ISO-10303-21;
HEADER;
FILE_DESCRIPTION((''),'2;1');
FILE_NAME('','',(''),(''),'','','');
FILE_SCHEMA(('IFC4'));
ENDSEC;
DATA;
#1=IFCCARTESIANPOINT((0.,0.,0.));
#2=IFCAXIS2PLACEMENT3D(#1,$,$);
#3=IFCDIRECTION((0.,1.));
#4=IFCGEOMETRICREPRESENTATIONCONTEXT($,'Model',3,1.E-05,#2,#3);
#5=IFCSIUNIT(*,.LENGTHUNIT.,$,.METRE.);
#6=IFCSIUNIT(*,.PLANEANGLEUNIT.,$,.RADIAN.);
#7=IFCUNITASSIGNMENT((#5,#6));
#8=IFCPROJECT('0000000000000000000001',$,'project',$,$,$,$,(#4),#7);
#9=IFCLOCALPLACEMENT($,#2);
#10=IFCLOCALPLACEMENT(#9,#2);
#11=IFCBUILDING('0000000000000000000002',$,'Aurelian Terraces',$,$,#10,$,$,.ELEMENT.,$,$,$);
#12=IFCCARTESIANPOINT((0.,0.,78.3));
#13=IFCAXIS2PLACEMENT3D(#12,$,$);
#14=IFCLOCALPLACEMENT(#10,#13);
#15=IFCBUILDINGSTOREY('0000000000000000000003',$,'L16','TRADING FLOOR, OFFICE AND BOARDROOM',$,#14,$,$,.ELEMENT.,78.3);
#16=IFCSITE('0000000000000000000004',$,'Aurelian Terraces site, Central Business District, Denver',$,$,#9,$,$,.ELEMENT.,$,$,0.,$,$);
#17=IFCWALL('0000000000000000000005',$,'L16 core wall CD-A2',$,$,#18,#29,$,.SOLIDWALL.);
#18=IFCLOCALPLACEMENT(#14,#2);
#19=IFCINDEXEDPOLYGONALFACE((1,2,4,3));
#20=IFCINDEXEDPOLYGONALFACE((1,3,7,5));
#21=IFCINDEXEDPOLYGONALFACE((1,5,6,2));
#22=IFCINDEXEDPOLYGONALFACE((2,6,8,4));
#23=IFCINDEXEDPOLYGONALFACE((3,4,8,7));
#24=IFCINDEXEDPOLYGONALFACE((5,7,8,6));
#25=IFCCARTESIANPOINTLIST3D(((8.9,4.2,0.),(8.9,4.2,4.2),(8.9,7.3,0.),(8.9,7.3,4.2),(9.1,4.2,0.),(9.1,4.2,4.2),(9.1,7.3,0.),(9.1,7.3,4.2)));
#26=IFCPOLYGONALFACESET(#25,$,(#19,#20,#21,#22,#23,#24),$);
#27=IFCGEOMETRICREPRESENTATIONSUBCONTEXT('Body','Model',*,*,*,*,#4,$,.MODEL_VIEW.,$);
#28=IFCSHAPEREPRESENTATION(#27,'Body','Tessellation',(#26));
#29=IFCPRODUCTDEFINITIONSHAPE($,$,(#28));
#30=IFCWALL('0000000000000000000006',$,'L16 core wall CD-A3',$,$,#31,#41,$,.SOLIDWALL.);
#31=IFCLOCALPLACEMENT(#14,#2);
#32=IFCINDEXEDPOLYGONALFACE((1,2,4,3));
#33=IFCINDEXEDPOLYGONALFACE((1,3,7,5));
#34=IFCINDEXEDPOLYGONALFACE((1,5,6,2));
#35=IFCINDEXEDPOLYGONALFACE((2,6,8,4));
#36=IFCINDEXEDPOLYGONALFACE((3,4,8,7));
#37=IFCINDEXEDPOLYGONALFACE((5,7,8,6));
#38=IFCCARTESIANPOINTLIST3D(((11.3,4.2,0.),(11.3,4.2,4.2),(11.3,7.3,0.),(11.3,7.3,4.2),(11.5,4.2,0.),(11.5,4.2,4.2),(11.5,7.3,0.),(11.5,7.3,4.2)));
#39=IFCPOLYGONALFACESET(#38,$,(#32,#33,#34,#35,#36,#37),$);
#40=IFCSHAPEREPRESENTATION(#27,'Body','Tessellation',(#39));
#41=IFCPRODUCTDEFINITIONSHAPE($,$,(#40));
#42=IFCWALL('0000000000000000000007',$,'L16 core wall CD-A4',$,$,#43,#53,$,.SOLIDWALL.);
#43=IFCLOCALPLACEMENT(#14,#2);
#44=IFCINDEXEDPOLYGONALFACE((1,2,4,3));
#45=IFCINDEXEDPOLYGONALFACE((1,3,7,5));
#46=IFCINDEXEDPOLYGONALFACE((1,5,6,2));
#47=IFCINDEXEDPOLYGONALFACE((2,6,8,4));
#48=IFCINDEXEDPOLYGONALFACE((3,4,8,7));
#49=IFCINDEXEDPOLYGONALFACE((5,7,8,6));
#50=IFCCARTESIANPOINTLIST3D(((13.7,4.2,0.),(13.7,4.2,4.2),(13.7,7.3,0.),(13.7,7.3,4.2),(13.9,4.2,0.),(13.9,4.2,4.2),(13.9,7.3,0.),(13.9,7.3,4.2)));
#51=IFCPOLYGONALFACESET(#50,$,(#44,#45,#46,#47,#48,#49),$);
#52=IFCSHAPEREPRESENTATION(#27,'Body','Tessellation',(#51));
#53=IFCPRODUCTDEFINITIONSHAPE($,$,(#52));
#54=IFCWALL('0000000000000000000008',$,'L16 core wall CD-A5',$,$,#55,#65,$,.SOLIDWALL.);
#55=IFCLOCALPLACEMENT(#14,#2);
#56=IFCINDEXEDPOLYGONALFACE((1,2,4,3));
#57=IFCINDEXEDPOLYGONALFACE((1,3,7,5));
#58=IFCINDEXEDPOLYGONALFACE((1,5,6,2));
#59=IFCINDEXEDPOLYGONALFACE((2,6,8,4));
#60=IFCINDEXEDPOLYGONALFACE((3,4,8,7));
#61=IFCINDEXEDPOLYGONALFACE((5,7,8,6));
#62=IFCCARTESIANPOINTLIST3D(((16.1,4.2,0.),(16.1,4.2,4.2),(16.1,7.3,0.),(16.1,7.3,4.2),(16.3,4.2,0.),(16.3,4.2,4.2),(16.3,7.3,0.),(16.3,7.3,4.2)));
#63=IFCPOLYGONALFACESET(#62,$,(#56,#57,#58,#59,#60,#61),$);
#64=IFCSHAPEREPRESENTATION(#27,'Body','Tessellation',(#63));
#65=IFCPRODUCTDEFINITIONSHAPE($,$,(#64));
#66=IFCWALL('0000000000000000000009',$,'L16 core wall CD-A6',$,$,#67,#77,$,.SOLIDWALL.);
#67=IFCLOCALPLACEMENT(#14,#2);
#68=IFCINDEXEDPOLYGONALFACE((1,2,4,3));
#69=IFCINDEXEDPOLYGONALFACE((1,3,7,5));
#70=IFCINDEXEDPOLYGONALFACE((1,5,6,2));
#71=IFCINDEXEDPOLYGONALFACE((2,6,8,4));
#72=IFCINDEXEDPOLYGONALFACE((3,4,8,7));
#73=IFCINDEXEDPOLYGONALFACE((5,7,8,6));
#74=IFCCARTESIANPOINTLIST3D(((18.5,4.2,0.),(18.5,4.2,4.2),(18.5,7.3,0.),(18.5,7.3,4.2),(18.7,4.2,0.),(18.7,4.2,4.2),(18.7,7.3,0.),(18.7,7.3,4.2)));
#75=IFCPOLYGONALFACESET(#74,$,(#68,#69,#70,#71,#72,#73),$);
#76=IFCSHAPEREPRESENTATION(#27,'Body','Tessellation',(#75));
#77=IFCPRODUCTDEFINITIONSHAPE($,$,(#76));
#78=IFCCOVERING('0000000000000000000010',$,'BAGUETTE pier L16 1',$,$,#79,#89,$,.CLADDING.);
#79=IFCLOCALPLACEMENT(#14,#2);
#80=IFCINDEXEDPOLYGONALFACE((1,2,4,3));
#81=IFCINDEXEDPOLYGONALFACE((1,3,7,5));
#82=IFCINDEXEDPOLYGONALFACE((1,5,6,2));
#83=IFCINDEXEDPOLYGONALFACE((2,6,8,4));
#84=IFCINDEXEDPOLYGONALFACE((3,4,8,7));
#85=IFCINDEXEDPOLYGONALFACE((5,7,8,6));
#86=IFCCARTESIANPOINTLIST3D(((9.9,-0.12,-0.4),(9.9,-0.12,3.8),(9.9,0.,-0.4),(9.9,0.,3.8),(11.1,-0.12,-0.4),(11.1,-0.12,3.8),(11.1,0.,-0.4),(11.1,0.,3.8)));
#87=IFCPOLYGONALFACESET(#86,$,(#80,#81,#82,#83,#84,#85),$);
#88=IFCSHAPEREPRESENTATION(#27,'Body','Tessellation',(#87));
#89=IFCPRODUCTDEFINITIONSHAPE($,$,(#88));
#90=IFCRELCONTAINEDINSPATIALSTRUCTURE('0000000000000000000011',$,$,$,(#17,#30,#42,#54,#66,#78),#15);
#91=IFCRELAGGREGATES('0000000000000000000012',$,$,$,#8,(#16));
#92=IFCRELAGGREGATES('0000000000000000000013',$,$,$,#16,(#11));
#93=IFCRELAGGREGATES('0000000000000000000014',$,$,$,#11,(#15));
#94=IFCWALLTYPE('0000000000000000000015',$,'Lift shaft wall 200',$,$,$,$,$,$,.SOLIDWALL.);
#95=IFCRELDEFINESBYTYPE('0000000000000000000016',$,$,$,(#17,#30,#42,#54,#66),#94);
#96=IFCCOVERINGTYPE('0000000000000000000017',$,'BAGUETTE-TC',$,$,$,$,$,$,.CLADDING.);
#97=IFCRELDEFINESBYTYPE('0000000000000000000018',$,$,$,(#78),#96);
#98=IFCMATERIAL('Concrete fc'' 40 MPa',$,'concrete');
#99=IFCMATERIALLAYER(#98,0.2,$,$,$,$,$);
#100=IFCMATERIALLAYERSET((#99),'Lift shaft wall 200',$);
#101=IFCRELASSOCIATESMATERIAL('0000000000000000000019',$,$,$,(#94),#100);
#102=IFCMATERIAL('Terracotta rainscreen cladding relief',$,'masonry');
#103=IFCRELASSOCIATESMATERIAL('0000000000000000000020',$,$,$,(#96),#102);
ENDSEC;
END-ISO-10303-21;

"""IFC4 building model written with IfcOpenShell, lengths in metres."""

from ifc_helpers import new_model, si_unit, direction, frame, frame_2d, origin, origin_2d, place, context, subcontext, project, spatial, rectangle, extrude, source, transform, mapped, material, layer, layer_set, type_object, element, save


model = new_model("IFC4")

# Units and contexts
model_context = context("Model", 3, precision=1e-05, world=origin(), true_north=direction((0.0, 1.0)))
body_context = subcontext(model_context, "Body", "Model", "MODEL_VIEW")
ifc_project = project(units=[si_unit("LENGTHUNIT", "METRE"), si_unit("PLANEANGLEUNIT", "RADIAN")], contexts=[model_context])

# Site, building, storey
site_placement = place(None, origin())
site = spatial("IfcSite", under=ifc_project, at=site_placement, Name="Aurelian Terraces site, Central Business District, Denver", CompositionType="ELEMENT", RefElevation=0.0)
building_placement = place(site_placement, origin())
building = spatial("IfcBuilding", under=site, at=building_placement, Name="Aurelian Terraces", CompositionType="ELEMENT")
storey_placement = place(building_placement, frame((0.0, 0.0, 78.3)))
storey = spatial("IfcBuildingStorey", under=building, at=storey_placement, Name="L16", Description="TRADING FLOOR, OFFICE AND BOARDROOM", CompositionType="ELEMENT", Elevation=78.3)

# Shared definitions
ifc_material_1 = material(Name="Concrete fc' 40 MPa", Category="concrete")

# Walls
ifc_layer_1 = layer(ifc_material_1, 0.2)
ifc_layer_set_1 = layer_set([ifc_layer_1], Name="Lift shaft wall 200")
wall_type_1 = type_object("IfcWallType", Name="Lift shaft wall 200", PredefinedType="SOLIDWALL", material=ifc_layer_set_1)
shared_shape_1 = source(origin(), body_context, "Body", "SweptSolid", [
    extrude(rectangle(XDim=3.1, YDim=0.2, at=frame_2d((1.55, 0.0))), origin(), (0.0, 0.0, 1.0), 4.2),
])
for number, where, z_axis, x_axis, name in (
    (1, (9.0, 4.2, 0.0), (0.0, 0.0, 1.0), (0.0, 1.0, 0.0), "L16 core wall CD-A2"),
    (2, (11.4, 4.2, 0.0), (0.0, 0.0, 1.0), (0.0, 1.0, 0.0), "L16 core wall CD-A3"),
    (3, (13.8, 4.2, 0.0), (0.0, 0.0, 1.0), (0.0, 1.0, 0.0), "L16 core wall CD-A4"),
    (4, (16.2, 4.2, 0.0), (0.0, 0.0, 1.0), (0.0, 1.0, 0.0), "L16 core wall CD-A5"),
    (5, (18.6, 4.2, 0.0), (0.0, 0.0, 1.0), (0.0, 1.0, 0.0), "L16 core wall CD-A6"),
):
    element("IfcWall", number, at=place(storey_placement, frame(where, z_axis=z_axis, x_axis=x_axis)), inside=storey, type_object=wall_type_1, Name=name, PredefinedType="SOLIDWALL", context=body_context, shape_type="MappedRepresentation", body=[
        mapped(shared_shape_1, transform((0.0, 0.0, 0.0), scale=1.0)),
    ])

# Covering
ifc_material_2 = material(Name="Terracotta rainscreen cladding relief", Category="masonry")
covering_type = type_object("IfcCoveringType", Name="BAGUETTE-TC", PredefinedType="CLADDING", material=ifc_material_2)
shared_shape_2 = source(origin(), body_context, "Body", "SweptSolid", [
    extrude(rectangle(XDim=1.2, YDim=0.12, at=origin_2d()), origin(), (0.0, 0.0, 1.0), 4.2),
])
covering_placement = place(storey_placement, frame((10.5, -0.06, -0.4), z_axis=(0.0, 0.0, 1.0), x_axis=(1.0, 0.0, 0.0)))
element("IfcCovering", 6, at=covering_placement, inside=storey, type_object=covering_type, Name="BAGUETTE pier L16 1", PredefinedType="CLADDING", context=body_context, shape_type="MappedRepresentation", body=[
    mapped(shared_shape_2, transform((0.0, 0.0, 0.0), scale=1.0)),
])

save(model, "model.ifc")
